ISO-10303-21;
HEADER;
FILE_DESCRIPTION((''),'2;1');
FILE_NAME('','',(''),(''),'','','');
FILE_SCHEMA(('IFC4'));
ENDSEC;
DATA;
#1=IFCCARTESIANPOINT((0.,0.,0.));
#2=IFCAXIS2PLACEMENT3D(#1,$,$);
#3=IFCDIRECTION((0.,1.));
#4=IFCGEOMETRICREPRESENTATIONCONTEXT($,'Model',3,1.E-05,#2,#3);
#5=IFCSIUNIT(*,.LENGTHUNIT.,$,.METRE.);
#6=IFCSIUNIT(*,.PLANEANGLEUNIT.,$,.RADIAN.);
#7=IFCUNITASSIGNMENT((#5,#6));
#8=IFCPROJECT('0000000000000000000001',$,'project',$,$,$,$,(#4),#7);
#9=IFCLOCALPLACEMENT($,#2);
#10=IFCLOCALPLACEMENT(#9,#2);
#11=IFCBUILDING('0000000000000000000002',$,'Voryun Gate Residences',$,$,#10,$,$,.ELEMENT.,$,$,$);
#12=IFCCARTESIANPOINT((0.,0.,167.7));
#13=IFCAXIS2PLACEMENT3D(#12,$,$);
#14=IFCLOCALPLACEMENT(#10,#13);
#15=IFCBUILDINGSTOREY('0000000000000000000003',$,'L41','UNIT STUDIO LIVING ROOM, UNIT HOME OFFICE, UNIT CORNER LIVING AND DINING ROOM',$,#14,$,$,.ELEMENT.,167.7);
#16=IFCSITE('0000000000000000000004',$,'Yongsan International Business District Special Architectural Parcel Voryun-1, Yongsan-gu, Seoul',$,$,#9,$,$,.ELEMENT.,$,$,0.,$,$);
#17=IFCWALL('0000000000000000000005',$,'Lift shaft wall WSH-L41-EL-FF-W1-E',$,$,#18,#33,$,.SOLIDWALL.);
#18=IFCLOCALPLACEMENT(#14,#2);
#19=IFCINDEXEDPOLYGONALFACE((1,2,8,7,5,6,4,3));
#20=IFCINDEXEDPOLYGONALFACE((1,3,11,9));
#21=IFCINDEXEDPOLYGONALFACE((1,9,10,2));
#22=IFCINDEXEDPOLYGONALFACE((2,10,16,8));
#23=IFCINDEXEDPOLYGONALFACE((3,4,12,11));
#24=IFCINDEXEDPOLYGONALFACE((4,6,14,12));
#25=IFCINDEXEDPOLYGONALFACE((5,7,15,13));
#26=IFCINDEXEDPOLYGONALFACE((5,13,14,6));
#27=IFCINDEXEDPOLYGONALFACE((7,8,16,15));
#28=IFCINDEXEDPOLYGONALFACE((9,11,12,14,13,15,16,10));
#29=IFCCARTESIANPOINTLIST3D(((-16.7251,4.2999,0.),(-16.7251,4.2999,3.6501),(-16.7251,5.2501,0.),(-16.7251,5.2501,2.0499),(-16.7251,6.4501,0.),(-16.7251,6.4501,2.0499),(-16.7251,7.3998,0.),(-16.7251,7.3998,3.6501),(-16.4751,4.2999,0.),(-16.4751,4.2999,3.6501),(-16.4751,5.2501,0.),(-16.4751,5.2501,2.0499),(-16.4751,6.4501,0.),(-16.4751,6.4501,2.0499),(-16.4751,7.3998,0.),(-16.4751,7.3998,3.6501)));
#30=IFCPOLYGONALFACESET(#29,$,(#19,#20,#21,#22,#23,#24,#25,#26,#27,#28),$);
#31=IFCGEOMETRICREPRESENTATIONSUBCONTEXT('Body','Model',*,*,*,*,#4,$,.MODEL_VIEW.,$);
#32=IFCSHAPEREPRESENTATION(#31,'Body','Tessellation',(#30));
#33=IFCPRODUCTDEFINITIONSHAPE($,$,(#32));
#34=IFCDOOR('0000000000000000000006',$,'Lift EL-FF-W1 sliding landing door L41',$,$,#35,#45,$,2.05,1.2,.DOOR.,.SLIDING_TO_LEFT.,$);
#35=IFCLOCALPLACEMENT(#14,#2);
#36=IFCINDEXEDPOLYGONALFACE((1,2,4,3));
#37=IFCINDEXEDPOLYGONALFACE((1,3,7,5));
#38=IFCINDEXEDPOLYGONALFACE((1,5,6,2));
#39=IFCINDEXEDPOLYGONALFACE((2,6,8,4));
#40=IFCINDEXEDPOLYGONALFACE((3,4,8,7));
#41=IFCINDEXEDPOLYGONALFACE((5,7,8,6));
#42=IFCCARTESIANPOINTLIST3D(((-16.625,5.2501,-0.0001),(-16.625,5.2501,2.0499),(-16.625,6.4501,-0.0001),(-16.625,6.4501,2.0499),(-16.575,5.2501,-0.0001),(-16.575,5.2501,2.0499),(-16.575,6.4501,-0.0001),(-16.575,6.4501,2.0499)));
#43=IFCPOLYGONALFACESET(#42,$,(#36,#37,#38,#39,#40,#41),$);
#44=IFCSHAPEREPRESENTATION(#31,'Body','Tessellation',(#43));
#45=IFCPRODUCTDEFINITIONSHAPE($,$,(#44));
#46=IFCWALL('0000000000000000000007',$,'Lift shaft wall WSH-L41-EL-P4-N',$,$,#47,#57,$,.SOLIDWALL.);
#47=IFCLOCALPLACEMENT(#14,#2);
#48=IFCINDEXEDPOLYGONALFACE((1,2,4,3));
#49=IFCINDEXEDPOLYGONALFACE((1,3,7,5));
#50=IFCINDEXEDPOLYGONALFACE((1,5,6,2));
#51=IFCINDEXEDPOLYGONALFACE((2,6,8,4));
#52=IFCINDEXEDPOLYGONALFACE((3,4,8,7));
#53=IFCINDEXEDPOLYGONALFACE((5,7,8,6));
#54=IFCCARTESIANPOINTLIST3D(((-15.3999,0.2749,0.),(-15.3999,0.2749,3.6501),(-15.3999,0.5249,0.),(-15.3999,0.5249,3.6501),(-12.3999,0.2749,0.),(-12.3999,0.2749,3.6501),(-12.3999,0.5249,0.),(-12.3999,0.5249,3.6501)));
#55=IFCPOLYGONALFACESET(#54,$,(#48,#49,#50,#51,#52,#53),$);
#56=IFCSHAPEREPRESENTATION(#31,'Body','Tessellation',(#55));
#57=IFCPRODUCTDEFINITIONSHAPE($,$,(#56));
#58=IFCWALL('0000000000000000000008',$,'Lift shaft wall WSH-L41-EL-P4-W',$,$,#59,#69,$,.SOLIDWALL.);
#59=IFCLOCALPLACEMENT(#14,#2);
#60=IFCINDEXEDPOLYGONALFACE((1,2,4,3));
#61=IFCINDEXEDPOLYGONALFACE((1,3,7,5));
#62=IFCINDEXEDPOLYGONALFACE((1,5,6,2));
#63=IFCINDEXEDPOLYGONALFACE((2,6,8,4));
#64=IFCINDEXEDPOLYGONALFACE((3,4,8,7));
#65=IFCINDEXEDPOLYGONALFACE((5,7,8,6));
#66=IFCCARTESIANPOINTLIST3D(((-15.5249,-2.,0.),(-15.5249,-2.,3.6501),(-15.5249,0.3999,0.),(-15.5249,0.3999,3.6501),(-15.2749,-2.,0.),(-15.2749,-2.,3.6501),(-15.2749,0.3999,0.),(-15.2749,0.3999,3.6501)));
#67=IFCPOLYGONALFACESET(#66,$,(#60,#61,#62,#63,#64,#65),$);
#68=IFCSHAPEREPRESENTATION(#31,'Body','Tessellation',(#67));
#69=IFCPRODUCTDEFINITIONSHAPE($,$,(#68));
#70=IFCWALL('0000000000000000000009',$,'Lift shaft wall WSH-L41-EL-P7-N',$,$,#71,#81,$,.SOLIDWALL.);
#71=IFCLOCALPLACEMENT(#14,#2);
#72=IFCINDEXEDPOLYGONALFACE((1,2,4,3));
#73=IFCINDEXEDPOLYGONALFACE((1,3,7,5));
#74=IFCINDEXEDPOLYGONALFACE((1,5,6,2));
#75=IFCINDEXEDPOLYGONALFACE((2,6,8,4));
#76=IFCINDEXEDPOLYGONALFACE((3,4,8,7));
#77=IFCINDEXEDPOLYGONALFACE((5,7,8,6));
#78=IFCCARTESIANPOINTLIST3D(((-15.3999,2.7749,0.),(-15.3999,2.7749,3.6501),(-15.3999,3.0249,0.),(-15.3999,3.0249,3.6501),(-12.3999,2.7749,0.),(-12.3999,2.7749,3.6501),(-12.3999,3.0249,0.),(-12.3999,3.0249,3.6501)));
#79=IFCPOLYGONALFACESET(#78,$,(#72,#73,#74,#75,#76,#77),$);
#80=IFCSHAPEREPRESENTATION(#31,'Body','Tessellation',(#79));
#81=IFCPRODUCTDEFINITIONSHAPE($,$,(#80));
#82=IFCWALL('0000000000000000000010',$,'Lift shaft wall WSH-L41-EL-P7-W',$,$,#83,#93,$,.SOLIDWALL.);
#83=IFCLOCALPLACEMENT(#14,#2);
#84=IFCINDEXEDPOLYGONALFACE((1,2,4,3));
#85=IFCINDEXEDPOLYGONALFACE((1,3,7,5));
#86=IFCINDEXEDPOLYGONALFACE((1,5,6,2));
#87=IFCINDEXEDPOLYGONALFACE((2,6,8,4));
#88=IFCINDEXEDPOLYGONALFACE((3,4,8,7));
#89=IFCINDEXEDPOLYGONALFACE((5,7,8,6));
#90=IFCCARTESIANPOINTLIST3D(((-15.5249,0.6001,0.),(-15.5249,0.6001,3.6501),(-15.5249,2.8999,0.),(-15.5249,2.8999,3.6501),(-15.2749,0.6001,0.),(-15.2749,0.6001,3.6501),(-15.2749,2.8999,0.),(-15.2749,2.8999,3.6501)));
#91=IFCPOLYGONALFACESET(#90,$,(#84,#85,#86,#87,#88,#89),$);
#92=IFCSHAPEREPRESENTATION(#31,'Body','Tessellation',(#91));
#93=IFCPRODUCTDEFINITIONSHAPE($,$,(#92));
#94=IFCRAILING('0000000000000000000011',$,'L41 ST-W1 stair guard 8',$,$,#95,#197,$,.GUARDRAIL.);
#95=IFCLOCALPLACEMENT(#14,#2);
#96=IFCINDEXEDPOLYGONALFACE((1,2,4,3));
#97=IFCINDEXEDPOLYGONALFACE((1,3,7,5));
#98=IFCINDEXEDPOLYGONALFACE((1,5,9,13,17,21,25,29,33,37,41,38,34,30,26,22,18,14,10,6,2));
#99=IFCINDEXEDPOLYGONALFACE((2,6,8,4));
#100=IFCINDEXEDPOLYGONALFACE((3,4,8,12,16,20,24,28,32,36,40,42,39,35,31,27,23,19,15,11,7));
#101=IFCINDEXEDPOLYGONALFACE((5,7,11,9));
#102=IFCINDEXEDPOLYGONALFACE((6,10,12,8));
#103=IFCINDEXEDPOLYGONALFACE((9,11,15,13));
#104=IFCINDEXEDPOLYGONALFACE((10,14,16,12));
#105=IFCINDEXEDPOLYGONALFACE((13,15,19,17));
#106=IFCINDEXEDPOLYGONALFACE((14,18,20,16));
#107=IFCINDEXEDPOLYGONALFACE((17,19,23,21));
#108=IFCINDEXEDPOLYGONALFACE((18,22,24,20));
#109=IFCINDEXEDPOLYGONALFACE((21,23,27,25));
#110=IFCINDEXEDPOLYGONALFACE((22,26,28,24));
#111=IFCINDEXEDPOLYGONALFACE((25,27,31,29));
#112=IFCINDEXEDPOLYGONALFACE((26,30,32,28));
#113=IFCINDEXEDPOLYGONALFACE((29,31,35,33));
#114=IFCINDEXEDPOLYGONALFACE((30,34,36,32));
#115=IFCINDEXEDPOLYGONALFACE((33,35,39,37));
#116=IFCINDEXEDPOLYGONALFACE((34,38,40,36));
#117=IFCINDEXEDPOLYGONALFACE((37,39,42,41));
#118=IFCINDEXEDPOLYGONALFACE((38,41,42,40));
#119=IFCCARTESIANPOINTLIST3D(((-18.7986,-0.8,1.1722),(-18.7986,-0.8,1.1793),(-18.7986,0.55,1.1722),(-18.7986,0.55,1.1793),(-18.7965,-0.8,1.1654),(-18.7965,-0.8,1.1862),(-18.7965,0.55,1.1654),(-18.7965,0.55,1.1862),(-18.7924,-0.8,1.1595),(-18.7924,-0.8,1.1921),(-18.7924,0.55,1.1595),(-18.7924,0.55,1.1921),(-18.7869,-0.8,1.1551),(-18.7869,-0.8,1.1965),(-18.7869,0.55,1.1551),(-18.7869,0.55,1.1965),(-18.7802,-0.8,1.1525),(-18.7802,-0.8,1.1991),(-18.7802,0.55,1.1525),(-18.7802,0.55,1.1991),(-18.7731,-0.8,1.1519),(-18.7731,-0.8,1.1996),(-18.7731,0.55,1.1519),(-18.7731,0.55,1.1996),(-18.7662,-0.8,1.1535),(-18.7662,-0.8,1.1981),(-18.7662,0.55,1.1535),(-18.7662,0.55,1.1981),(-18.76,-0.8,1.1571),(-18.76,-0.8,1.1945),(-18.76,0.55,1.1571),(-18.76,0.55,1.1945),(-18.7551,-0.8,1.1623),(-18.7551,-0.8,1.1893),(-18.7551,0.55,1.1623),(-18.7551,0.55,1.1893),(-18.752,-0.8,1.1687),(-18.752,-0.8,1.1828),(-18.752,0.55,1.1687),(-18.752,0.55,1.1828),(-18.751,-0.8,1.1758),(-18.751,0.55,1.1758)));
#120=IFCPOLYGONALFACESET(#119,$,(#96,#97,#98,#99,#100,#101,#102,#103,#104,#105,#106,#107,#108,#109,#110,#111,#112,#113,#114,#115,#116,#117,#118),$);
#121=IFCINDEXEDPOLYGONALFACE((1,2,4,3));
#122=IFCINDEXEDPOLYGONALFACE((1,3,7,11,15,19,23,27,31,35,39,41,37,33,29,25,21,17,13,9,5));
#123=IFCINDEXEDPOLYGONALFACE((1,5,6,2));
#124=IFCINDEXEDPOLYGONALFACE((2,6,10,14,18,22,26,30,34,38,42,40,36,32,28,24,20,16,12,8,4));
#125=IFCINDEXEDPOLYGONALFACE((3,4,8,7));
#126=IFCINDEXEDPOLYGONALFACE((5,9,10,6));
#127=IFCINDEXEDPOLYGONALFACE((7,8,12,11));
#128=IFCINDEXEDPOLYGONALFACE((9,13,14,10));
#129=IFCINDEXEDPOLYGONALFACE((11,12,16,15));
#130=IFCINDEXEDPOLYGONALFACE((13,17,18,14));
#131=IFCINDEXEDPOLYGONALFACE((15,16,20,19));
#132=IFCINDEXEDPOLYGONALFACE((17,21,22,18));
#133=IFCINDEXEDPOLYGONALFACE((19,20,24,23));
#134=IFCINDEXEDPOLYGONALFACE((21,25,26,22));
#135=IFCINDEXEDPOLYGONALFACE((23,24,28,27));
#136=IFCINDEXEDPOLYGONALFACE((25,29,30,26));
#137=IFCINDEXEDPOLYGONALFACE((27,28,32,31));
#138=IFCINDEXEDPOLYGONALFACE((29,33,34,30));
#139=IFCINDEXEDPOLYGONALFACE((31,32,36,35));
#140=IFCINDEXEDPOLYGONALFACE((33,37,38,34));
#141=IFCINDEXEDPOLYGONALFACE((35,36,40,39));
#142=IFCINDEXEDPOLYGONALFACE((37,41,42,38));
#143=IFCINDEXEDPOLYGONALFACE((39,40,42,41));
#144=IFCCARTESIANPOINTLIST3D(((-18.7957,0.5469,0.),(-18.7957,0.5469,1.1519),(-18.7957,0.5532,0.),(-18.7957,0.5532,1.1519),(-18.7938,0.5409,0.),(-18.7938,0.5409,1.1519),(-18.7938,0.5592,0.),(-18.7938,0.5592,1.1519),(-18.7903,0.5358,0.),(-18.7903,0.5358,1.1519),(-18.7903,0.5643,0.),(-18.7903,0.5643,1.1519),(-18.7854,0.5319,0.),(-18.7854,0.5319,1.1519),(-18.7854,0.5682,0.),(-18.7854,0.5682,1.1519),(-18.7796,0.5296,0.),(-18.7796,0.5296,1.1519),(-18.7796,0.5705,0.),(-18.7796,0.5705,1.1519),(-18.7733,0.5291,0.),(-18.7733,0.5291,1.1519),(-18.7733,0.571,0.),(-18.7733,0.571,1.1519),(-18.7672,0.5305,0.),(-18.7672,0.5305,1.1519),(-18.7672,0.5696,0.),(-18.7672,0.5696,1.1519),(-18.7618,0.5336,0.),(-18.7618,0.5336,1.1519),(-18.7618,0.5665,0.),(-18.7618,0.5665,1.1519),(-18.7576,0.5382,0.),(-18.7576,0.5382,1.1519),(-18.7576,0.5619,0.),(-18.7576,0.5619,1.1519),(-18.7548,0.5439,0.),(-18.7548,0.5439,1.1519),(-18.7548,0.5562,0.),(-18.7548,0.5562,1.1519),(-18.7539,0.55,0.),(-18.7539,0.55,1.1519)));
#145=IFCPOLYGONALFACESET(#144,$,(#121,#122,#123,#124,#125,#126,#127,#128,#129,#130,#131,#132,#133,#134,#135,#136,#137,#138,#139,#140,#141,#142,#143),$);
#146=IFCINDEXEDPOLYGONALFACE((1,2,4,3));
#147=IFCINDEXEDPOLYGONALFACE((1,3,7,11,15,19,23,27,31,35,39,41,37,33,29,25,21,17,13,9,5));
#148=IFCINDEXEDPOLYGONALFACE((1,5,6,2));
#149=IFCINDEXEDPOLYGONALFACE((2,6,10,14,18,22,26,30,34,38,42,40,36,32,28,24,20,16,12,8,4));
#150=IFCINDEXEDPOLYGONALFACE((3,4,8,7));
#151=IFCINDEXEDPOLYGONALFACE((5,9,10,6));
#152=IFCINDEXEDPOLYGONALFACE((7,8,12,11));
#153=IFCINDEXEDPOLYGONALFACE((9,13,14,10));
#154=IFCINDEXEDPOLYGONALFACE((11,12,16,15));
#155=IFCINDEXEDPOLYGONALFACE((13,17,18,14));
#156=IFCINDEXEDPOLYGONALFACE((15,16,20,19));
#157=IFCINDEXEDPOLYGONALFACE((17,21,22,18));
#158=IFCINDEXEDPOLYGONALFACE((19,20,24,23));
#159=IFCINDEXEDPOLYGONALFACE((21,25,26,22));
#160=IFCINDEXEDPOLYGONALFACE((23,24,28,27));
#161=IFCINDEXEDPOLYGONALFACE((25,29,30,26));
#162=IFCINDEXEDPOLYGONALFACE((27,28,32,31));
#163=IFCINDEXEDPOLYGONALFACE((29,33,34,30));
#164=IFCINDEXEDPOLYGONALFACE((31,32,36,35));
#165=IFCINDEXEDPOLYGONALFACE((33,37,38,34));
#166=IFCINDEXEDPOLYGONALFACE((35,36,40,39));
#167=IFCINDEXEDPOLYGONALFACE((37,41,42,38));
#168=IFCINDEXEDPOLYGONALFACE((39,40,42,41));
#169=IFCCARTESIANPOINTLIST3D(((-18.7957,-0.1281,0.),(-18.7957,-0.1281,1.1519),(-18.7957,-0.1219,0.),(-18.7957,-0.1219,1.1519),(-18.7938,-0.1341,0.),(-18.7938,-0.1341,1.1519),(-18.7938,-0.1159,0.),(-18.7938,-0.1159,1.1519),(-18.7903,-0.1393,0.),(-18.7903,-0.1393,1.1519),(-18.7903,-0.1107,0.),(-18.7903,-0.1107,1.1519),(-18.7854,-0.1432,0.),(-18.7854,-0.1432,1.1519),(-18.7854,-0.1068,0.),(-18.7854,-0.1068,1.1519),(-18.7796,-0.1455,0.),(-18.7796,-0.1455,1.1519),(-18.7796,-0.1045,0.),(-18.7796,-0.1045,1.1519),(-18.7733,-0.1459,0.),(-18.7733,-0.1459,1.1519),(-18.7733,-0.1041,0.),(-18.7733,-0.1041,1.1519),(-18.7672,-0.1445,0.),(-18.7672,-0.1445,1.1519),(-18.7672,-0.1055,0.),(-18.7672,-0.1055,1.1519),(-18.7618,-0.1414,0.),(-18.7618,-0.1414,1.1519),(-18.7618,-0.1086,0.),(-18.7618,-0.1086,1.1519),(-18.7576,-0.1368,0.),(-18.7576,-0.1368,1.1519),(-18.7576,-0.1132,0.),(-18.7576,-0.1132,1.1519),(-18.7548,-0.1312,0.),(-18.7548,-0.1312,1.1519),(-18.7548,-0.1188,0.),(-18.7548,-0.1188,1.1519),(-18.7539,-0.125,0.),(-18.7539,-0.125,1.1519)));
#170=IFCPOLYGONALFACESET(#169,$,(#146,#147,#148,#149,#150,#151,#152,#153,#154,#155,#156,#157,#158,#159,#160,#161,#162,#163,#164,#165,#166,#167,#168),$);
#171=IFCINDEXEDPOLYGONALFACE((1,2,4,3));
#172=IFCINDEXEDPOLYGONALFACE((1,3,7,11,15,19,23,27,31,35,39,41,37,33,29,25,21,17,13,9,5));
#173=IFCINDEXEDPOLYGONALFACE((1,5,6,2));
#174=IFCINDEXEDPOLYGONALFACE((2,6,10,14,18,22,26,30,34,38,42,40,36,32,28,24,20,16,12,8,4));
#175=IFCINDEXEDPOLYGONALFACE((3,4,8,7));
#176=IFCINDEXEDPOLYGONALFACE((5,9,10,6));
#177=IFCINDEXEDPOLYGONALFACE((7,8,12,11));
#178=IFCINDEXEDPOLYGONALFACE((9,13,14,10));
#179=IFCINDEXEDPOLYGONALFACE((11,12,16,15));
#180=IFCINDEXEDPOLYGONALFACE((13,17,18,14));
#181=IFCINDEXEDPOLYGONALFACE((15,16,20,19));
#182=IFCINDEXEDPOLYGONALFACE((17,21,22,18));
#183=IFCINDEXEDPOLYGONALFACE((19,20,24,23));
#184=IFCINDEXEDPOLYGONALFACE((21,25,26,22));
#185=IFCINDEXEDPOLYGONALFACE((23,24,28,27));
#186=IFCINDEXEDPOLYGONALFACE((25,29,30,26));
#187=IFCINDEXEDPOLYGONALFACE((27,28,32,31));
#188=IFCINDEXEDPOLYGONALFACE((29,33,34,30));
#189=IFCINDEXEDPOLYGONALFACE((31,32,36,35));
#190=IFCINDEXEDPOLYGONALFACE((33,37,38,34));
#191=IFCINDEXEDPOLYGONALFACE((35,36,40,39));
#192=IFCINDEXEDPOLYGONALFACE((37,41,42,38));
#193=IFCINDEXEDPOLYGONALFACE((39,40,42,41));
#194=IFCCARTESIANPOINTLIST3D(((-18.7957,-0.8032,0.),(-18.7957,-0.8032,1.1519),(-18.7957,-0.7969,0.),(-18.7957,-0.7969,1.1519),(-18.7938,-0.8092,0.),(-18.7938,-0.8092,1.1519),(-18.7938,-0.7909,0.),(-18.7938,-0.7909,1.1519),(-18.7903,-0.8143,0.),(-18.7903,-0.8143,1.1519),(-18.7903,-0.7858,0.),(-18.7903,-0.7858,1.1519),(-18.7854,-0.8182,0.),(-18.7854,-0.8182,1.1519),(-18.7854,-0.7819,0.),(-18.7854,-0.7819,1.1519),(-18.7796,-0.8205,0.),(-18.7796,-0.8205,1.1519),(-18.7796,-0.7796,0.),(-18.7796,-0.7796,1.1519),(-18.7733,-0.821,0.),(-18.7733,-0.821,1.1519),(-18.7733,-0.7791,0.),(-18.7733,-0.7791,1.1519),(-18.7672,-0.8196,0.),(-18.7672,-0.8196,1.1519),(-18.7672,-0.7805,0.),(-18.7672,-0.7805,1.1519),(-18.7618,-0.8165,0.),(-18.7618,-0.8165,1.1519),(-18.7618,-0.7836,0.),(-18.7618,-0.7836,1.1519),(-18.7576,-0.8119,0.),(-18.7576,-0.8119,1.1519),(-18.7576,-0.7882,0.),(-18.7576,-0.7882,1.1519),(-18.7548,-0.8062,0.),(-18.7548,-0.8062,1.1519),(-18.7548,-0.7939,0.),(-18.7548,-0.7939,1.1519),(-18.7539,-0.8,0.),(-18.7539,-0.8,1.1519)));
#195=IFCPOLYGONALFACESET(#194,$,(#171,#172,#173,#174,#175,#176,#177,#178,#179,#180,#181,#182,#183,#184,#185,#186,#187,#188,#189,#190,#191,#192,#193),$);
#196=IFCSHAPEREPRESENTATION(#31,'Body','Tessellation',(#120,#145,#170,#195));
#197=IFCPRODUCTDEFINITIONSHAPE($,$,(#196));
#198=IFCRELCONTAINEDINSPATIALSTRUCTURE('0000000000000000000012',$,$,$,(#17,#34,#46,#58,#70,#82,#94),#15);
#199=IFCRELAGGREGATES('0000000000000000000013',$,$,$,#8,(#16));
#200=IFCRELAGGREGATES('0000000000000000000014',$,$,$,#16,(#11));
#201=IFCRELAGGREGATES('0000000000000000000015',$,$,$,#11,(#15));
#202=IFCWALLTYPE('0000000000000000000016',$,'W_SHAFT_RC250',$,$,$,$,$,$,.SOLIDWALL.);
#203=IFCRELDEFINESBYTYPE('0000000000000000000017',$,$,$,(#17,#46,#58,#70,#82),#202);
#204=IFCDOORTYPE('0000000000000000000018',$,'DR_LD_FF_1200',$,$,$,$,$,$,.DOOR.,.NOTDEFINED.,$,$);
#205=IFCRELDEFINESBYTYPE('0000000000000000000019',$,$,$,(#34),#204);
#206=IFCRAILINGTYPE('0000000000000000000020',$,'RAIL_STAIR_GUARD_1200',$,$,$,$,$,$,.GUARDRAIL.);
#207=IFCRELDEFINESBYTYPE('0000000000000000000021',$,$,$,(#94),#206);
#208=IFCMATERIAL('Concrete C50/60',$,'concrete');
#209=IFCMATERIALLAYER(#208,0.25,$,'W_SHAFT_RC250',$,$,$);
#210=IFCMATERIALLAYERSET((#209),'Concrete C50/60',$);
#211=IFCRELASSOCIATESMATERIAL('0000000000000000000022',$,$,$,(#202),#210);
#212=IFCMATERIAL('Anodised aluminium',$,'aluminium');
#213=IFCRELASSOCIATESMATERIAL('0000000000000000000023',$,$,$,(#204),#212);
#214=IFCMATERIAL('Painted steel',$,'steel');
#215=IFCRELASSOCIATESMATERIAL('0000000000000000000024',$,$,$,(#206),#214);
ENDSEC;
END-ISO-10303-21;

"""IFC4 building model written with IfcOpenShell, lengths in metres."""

from ifc_helpers import new_model, si_unit, direction, frame, frame_2d, origin, origin_2d, place, context, subcontext, project, spatial, rectangle, circle, extrude, material, layer, layer_set, type_object, element, fill, save


model = new_model("IFC4")

# Units and contexts
model_context = context("Model", 3, precision=1e-05, world=origin(), true_north=direction((0.0, 1.0)))
body_context = subcontext(model_context, "Body", "Model", "MODEL_VIEW")
ifc_project = project(units=[si_unit("LENGTHUNIT", "METRE"), si_unit("PLANEANGLEUNIT", "RADIAN")], contexts=[model_context])

# Site, building, storey
site_placement = place(None, origin())
site = spatial("IfcSite", under=ifc_project, at=site_placement, Name="Yongsan International Business District Special Architectural Parcel Voryun-1, Yongsan-gu, Seoul", CompositionType="ELEMENT", RefElevation=0.0)
building_placement = place(site_placement, origin())
building = spatial("IfcBuilding", under=site, at=building_placement, Name="Voryun Gate Residences", CompositionType="ELEMENT")
storey_placement = place(building_placement, frame((0.0, 0.0, 167.7)))
storey = spatial("IfcBuildingStorey", under=building, at=storey_placement, Name="L41", Description="UNIT STUDIO LIVING ROOM, UNIT HOME OFFICE, UNIT CORNER LIVING AND DINING ROOM", CompositionType="ELEMENT", Elevation=167.7)

# Wall, opening, door
ifc_material_1 = material(Name="Concrete C50/60", Category="concrete")
ifc_layer_1 = layer(ifc_material_1, 0.25, Name="W_SHAFT_RC250")
ifc_layer_set_1 = layer_set([ifc_layer_1], Name="Concrete C50/60")
wall_type_1 = type_object("IfcWallType", Name="W_SHAFT_RC250", PredefinedType="SOLIDWALL", material=ifc_layer_set_1)
wall_1_placement = place(storey_placement, frame((-16.6001, 4.3, 0.0), z_axis=(0.0, 0.0, 1.0), x_axis=(0.0, 1.0, 0.0)))
wall_1 = element("IfcWall", 1, at=wall_1_placement, inside=storey, type_object=wall_type_1, Name="Lift shaft wall WSH-L41-EL-FF-W1-E", PredefinedType="SOLIDWALL", context=body_context, shape_type="SweptSolid", body=[
    extrude(rectangle(XDim=3.0999, YDim=0.25, at=frame_2d((1.5498, 0.0))), origin(), (0.0, 0.0, 1.0), 3.6501),
])
opening_1_placement = place(wall_1_placement, frame((0.95, 0.0, 0.0)))
opening_1 = element("IfcOpeningElement", 2, at=opening_1_placement, cuts=wall_1, PredefinedType="OPENING", context=body_context, shape_type="SweptSolid", body=[
    extrude(rectangle(XDim=1.2, YDim=2.05, at=frame_2d((0.6001, 1.0249))), frame((0.0, 0.135, 0.0), z_axis=(0.0, -1.0, 0.0), x_axis=(1.0, 0.0, 0.0)), (0.0, 0.0, 1.0), 0.27),
])
ifc_material_2 = material(Name="Anodised aluminium", Category="aluminium")
door_type_1 = type_object("IfcDoorType", Name="DR_LD_FF_1200", OperationType="NOTDEFINED", PredefinedType="DOOR", material=ifc_material_2)
door_1_placement = place(opening_1_placement, origin())
door_1 = element("IfcDoor", 3, at=door_1_placement, inside=storey, type_object=door_type_1, Name="Lift EL-FF-W1 sliding landing door L41", OperationType="SLIDING_TO_LEFT", OverallHeight=2.05, OverallWidth=1.2, PredefinedType="DOOR", context=body_context, shape_type="SweptSolid", body=[
    extrude(rectangle(XDim=1.2, YDim=2.05, at=frame_2d((0.6001, 1.0249))), frame((0.0, 0.0249, 0.0), z_axis=(0.0, -1.0, 0.0), x_axis=(1.0, 0.0, 0.0)), (0.0, 0.0, 1.0), 0.05),
])
fill(opening_1, door_1)

# Walls
wall_2_placement = place(storey_placement, frame((-12.3999, 0.3999, 0.0), z_axis=(0.0, 0.0, 1.0), x_axis=(-1.0, 0.0, 0.0)))
element("IfcWall", 4, at=wall_2_placement, inside=storey, type_object=wall_type_1, Name="Lift shaft wall WSH-L41-EL-P4-N", PredefinedType="SOLIDWALL", context=body_context, shape_type="SweptSolid", body=[
    extrude(rectangle(XDim=3.0, YDim=0.25, at=frame_2d((1.5, 0.0))), origin(), (0.0, 0.0, 1.0), 3.6501),
])
wall_3_placement = place(storey_placement, frame((-15.3999, 0.3999, 0.0), z_axis=(0.0, 0.0, 1.0), x_axis=(0.0, -1.0, 0.0)))
element("IfcWall", 5, at=wall_3_placement, inside=storey, type_object=wall_type_1, Name="Lift shaft wall WSH-L41-EL-P4-W", PredefinedType="SOLIDWALL", context=body_context, shape_type="SweptSolid", body=[
    extrude(rectangle(XDim=2.3999, YDim=0.25, at=frame_2d((1.2, 0.0))), origin(), (0.0, 0.0, 1.0), 3.6501),
])
wall_4_placement = place(storey_placement, frame((-12.3999, 2.8999, 0.0), z_axis=(0.0, 0.0, 1.0), x_axis=(-1.0, 0.0, 0.0)))
element("IfcWall", 6, at=wall_4_placement, inside=storey, type_object=wall_type_1, Name="Lift shaft wall WSH-L41-EL-P7-N", PredefinedType="SOLIDWALL", context=body_context, shape_type="SweptSolid", body=[
    extrude(rectangle(XDim=3.0, YDim=0.25, at=frame_2d((1.5, 0.0))), origin(), (0.0, 0.0, 1.0), 3.6501),
])
wall_5_placement = place(storey_placement, frame((-15.3999, 2.8999, 0.0), z_axis=(0.0, 0.0, 1.0), x_axis=(0.0, -1.0, 0.0)))
element("IfcWall", 7, at=wall_5_placement, inside=storey, type_object=wall_type_1, Name="Lift shaft wall WSH-L41-EL-P7-W", PredefinedType="SOLIDWALL", context=body_context, shape_type="SweptSolid", body=[
    extrude(rectangle(XDim=2.2998, YDim=0.25, at=frame_2d((1.1499, 0.0))), origin(), (0.0, 0.0, 1.0), 3.6501),
])

# Railing
ifc_material_3 = material(Name="Painted steel", Category="steel")
railing_type = type_object("IfcRailingType", Name="RAIL_STAIR_GUARD_1200", PredefinedType="GUARDRAIL", material=ifc_material_3)
for number, where, name in (
    (8, (-18.7749, 0.55, 0.0), "L41 ST-W1 stair guard 8"),
):
    element("IfcRailing", number, at=place(storey_placement, frame(where)), inside=storey, type_object=railing_type, Name=name, PredefinedType="GUARDRAIL", context=body_context, shape_type="SweptSolid", body=[
        extrude(circle(Radius=0.0239, at=origin_2d()), frame((0.0, 0.0, 1.1758), z_axis=(0.0, -1.0, 0.0), x_axis=(1.0, 0.0, 0.0)), (0.0, 0.0, 1.0), 1.3501),
        extrude(circle(Radius=0.021, at=origin_2d()), origin(), (0.0, 0.0, 1.0), 1.1519),
        extrude(circle(Radius=0.021, at=origin_2d()), frame((0.0, -0.675, 0.0)), (0.0, 0.0, 1.0), 1.1519),
        extrude(circle(Radius=0.021, at=origin_2d()), frame((0.0, -1.3501, 0.0)), (0.0, 0.0, 1.0), 1.1519),
    ])

save(model, "model.ifc")
